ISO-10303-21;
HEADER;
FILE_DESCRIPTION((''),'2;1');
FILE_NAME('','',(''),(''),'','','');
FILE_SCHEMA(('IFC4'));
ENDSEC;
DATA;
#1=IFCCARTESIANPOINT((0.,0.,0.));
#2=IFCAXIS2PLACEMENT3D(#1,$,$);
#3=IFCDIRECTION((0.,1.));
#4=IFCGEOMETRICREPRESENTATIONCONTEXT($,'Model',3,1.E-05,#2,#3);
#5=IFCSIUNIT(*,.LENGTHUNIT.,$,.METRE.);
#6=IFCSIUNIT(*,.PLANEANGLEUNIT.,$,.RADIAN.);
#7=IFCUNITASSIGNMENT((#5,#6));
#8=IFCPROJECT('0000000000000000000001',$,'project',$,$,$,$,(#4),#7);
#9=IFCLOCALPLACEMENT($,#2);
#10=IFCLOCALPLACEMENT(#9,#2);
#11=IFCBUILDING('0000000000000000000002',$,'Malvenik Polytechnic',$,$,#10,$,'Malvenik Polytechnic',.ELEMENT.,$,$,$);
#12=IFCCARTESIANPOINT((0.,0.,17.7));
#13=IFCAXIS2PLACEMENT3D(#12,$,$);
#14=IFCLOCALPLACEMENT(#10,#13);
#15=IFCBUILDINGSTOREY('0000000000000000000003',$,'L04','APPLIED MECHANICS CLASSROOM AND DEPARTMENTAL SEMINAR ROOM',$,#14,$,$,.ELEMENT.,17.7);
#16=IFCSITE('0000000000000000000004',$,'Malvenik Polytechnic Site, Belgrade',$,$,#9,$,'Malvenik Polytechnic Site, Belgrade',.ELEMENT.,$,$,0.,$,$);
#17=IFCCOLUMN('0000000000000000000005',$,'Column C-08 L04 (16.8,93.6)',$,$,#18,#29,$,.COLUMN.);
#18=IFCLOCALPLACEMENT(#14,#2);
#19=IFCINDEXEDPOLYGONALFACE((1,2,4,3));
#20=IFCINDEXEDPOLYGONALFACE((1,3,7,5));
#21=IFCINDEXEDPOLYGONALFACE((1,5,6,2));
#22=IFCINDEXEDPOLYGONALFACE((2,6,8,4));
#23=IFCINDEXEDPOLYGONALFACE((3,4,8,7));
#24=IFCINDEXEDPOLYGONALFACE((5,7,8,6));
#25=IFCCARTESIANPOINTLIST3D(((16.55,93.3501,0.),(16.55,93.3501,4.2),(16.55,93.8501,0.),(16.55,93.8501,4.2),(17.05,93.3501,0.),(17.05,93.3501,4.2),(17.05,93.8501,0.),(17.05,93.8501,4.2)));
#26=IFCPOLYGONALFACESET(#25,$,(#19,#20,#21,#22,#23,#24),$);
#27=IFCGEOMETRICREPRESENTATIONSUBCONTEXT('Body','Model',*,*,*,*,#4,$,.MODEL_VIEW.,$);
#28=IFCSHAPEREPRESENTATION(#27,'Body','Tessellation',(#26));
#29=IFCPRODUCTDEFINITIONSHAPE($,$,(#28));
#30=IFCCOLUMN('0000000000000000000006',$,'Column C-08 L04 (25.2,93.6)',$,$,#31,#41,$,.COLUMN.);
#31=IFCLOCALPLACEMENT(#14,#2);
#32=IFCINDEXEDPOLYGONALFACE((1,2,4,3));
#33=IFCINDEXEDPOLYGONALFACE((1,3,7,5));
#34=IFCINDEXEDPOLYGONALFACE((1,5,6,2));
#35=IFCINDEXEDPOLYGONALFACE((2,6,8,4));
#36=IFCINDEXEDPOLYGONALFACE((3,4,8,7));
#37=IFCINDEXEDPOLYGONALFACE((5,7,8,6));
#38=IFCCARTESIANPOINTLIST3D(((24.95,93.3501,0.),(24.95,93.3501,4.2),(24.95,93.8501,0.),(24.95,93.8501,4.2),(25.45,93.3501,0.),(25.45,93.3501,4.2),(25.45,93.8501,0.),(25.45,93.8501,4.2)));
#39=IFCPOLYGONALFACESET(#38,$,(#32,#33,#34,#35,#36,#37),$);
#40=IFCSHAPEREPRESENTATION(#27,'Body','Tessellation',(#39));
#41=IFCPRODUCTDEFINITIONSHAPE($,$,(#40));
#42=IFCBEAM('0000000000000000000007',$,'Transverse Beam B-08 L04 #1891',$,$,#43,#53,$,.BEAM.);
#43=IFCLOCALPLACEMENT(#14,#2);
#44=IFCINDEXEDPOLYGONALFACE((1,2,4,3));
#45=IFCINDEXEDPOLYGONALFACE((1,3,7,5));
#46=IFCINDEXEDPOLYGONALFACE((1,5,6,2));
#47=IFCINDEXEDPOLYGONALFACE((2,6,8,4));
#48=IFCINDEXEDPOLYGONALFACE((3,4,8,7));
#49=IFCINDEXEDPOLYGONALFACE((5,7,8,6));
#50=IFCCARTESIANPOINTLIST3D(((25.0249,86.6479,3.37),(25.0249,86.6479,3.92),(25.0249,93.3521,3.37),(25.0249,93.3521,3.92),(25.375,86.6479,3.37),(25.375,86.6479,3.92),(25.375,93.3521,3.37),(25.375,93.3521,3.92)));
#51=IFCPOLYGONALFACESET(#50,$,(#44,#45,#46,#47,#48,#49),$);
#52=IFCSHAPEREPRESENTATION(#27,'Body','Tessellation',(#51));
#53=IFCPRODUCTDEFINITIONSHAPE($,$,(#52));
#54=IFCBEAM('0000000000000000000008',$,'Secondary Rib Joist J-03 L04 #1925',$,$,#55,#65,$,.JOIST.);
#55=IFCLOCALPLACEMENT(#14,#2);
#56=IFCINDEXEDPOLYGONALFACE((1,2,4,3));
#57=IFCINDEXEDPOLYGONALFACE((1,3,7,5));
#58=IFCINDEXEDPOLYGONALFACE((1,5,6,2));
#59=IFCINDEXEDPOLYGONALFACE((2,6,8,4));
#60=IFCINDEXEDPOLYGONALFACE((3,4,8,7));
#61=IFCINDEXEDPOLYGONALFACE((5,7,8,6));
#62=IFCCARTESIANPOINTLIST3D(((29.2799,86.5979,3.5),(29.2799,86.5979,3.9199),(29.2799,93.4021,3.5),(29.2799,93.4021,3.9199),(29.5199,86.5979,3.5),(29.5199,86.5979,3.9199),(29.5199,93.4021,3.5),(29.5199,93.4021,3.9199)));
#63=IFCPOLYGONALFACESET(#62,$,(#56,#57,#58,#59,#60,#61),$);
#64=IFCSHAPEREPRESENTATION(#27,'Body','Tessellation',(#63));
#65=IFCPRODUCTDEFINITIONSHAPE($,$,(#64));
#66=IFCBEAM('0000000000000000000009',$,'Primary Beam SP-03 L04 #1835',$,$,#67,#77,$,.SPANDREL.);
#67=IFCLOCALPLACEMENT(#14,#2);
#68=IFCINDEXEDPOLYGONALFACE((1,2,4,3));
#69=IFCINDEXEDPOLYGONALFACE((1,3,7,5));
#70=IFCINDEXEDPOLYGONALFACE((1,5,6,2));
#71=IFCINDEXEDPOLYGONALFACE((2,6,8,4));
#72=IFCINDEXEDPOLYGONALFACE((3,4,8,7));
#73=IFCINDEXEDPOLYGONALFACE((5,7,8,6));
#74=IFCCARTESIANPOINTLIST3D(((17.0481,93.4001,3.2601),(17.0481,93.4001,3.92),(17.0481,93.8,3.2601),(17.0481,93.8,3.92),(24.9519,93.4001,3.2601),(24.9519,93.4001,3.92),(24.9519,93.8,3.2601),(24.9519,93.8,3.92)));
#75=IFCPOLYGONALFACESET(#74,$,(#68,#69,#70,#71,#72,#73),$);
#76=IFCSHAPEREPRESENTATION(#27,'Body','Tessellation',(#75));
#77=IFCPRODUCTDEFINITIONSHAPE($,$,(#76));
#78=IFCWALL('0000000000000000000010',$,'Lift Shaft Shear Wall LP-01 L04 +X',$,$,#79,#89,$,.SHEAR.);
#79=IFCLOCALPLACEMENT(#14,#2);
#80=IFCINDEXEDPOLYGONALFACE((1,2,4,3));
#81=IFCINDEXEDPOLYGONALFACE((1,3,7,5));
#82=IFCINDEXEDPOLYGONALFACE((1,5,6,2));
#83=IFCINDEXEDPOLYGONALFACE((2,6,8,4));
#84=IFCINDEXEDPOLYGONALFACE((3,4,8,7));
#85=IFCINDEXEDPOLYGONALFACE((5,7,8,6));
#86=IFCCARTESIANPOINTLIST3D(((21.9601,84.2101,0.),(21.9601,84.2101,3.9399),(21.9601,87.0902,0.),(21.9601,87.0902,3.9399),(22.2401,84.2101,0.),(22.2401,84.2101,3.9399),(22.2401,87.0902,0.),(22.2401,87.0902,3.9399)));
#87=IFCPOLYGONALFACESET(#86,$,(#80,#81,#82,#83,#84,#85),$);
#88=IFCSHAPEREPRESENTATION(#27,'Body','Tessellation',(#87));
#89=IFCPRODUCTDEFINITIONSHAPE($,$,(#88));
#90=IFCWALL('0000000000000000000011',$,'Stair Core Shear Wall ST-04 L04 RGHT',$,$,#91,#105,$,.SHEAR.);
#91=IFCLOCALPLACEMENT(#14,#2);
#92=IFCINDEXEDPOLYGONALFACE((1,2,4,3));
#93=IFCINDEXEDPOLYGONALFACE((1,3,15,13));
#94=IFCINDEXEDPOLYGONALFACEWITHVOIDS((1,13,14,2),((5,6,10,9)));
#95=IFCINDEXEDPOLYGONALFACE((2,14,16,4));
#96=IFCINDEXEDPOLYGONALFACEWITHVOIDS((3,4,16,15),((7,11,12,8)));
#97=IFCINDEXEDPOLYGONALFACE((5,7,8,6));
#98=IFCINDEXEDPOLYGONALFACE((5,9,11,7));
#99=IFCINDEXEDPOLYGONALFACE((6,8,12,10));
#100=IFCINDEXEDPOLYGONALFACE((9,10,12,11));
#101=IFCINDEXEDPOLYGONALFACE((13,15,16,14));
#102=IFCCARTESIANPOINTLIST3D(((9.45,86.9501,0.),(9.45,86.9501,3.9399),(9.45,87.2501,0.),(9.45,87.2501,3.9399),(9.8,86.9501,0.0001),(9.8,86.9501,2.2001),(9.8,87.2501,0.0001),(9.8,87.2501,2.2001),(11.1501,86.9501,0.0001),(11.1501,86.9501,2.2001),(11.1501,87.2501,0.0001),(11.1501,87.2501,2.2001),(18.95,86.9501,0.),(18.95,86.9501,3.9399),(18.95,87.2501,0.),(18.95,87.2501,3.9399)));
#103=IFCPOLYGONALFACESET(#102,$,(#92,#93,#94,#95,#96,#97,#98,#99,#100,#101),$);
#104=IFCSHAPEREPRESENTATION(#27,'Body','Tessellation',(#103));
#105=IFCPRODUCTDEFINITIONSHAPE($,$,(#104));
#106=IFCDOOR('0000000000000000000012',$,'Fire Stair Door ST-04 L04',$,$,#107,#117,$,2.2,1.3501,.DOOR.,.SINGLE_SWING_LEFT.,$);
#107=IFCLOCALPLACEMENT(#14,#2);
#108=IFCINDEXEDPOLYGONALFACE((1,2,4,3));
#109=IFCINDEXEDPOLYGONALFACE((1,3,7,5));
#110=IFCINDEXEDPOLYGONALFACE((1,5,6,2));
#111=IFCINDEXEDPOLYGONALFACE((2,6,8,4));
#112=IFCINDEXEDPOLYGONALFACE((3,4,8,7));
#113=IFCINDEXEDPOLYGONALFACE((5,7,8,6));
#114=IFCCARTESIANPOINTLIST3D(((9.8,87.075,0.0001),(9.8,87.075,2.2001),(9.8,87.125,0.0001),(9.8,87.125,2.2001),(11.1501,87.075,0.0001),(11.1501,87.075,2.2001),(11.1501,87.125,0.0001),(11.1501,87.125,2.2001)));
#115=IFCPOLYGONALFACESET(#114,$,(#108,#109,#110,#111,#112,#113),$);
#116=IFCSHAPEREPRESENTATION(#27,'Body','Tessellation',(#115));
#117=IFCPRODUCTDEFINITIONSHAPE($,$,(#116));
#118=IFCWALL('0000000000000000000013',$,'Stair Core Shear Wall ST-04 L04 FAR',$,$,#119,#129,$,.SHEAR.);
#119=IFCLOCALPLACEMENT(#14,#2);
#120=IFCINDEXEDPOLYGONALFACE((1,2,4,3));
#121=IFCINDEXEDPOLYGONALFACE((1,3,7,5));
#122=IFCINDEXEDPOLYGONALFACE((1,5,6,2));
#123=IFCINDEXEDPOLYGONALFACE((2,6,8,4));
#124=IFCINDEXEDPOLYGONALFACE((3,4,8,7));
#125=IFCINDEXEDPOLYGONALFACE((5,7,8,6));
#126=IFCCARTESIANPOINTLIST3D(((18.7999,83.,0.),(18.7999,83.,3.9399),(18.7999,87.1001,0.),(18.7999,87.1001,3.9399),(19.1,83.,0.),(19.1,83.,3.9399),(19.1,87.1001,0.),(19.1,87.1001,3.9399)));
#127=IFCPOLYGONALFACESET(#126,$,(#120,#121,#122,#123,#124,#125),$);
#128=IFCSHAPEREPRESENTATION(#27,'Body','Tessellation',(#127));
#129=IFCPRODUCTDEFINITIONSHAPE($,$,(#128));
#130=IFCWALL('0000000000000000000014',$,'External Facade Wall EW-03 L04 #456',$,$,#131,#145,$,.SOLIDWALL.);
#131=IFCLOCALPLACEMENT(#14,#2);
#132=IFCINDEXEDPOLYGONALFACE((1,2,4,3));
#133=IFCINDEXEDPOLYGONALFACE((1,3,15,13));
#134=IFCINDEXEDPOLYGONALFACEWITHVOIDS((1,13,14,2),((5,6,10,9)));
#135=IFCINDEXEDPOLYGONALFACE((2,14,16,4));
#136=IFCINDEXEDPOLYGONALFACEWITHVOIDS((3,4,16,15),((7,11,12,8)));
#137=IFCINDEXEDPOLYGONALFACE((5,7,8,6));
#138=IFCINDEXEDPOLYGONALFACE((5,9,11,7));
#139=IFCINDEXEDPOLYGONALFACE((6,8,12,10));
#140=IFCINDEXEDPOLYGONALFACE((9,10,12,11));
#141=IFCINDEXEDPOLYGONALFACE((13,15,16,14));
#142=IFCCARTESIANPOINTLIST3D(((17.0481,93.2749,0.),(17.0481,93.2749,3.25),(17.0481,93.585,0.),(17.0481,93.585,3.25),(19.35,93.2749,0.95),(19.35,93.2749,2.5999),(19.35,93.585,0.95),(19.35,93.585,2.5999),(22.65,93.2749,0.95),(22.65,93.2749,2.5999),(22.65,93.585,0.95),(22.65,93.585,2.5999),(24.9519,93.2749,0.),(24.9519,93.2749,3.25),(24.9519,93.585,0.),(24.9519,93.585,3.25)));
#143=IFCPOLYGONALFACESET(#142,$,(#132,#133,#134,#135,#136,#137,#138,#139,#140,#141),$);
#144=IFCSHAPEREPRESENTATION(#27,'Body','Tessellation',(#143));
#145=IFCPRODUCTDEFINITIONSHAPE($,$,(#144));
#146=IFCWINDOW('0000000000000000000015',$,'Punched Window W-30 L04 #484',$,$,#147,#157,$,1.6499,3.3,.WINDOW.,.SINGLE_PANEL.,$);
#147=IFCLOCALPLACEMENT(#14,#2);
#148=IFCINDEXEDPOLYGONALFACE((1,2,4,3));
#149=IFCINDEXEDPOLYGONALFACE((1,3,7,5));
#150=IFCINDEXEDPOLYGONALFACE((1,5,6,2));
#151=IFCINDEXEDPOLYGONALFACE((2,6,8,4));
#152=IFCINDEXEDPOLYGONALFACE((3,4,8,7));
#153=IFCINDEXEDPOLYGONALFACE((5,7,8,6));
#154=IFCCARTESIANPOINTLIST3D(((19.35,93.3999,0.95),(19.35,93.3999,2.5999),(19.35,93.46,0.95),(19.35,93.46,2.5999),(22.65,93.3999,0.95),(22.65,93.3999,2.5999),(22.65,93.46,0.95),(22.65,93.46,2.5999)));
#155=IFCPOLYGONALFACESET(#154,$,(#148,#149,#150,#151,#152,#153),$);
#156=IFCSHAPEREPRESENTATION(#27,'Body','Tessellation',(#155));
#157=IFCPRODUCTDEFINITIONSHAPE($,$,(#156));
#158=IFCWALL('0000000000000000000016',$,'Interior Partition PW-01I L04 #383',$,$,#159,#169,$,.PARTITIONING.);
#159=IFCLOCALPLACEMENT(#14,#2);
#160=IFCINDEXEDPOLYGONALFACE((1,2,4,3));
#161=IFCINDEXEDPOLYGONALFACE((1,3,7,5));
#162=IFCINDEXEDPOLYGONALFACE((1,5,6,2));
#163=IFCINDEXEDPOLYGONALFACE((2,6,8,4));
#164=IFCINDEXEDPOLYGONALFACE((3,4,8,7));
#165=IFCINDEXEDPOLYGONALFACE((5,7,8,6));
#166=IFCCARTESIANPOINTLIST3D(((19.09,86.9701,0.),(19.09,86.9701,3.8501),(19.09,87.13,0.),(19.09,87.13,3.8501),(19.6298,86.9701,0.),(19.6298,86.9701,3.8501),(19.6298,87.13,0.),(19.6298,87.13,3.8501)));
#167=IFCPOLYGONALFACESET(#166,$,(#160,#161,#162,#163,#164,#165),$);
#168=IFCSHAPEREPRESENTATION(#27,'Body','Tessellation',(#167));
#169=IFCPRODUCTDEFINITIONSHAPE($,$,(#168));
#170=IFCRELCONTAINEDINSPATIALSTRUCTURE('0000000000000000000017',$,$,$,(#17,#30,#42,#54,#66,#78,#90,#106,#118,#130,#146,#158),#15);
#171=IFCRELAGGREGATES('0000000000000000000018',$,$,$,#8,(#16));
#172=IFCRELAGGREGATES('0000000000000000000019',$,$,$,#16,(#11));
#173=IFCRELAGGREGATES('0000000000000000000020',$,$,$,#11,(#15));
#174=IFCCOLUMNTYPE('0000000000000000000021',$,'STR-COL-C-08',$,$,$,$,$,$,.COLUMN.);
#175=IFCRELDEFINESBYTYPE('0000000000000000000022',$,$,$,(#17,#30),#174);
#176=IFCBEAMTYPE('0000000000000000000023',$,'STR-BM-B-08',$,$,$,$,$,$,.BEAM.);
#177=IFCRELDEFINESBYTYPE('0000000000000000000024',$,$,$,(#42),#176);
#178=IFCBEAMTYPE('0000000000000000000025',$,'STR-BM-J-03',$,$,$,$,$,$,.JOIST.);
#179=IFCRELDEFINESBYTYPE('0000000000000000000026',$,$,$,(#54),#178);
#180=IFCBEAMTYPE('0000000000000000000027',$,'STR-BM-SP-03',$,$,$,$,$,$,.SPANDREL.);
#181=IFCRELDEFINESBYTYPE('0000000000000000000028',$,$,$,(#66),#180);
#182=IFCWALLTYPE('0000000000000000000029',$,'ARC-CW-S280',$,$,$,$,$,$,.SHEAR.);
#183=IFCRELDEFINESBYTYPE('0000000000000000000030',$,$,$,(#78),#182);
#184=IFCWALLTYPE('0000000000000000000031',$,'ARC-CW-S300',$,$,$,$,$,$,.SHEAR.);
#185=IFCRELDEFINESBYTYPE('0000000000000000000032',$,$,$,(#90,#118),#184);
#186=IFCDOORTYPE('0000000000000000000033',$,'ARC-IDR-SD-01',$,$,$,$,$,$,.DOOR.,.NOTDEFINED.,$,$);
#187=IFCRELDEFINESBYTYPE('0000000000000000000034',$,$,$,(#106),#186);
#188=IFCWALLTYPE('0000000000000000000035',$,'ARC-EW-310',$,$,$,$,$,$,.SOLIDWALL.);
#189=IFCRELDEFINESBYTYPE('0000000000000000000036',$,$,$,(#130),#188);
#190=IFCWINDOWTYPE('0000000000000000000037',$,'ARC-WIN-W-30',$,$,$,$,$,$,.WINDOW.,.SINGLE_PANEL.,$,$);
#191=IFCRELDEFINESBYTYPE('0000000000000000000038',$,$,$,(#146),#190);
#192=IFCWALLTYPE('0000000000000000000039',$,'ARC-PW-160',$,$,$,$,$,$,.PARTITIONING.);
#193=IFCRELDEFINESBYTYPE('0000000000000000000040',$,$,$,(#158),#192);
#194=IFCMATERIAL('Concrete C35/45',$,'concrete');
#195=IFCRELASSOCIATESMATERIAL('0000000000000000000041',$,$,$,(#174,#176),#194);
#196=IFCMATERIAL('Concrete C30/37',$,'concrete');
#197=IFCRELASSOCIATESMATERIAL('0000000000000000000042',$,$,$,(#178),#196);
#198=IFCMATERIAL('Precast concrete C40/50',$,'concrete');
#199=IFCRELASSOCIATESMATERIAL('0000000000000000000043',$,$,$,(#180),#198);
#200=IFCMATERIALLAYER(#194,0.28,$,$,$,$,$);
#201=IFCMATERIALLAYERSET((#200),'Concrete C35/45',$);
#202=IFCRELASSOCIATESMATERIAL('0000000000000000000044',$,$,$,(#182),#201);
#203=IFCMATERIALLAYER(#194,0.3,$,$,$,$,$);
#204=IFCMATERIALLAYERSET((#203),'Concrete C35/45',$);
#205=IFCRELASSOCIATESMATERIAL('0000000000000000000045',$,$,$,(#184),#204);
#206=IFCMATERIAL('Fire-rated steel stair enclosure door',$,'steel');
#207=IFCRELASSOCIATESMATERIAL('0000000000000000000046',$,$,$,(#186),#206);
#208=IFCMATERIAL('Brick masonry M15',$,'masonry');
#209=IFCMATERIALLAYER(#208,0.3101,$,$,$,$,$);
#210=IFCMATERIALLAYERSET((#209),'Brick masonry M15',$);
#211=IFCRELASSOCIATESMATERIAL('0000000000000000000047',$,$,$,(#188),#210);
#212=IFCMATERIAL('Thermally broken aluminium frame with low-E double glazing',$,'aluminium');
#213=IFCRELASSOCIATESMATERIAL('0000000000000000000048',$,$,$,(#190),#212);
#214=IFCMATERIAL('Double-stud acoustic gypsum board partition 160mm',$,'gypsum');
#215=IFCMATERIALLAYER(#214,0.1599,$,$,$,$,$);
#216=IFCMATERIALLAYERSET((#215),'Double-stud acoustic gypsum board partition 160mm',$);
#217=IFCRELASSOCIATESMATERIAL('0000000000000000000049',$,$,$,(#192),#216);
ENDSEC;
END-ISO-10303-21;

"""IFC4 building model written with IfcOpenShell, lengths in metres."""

from ifc_helpers import new_model, si_unit, direction, frame, frame_2d, origin, origin_2d, place, context, subcontext, project, spatial, rectangle, extrude, material, layer, layer_set, material_profile, profile_set, type_object, element, fill, save


model = new_model("IFC4")

# Units and contexts
model_context = context("Model", 3, precision=1e-05, world=origin(), true_north=direction((0.0, 1.0)))
body_context = subcontext(model_context, "Body", "Model", "MODEL_VIEW")
ifc_project = project(units=[si_unit("LENGTHUNIT", "METRE"), si_unit("PLANEANGLEUNIT", "RADIAN")], contexts=[model_context])

# Site, building, storey
site_placement = place(None, origin())
site = spatial("IfcSite", under=ifc_project, at=site_placement, Name="Malvenik Polytechnic Site, Belgrade", LongName="Malvenik Polytechnic Site, Belgrade", CompositionType="ELEMENT", RefElevation=0.0)
building_placement = place(site_placement, origin())
building = spatial("IfcBuilding", under=site, at=building_placement, Name="Malvenik Polytechnic", LongName="Malvenik Polytechnic", CompositionType="ELEMENT")
storey_placement = place(building_placement, frame((0.0, 0.0, 17.7)))
storey = spatial("IfcBuildingStorey", under=building, at=storey_placement, Name="L04", Description="APPLIED MECHANICS CLASSROOM AND DEPARTMENTAL SEMINAR ROOM", CompositionType="ELEMENT", Elevation=17.7)

# Columns
ifc_material_1 = material(Name="Concrete C35/45", Category="concrete")
ifc_material_profile_1 = material_profile(ifc_material_1, rectangle(XDim=0.5, YDim=0.5, at=origin_2d()), Name="RC COL 500x500")
ifc_profile_set_1 = profile_set([ifc_material_profile_1], Name="Concrete C35/45")
column_type = type_object("IfcColumnType", Name="STR-COL-C-08", PredefinedType="COLUMN", material=ifc_profile_set_1)
for number, where, z_axis, x_axis, name in (
    (1, (16.8, 93.6001, 0.0), (0.0, 0.0, 1.0), (1.0, 0.0, 0.0), "Column C-08 L04 (16.8,93.6)"),
    (2, (25.2, 93.6001, 0.0), (0.0, 0.0, 1.0), (1.0, 0.0, 0.0), "Column C-08 L04 (25.2,93.6)"),
):
    element("IfcColumn", number, at=place(storey_placement, frame(where, z_axis=z_axis, x_axis=x_axis)), inside=storey, type_object=column_type, Name=name, PredefinedType="COLUMN", context=body_context, shape_type="SweptSolid", body=[
        extrude(rectangle(XDim=0.5, YDim=0.5, at=origin_2d()), origin(), (0.0, 0.0, 1.0), 4.2),
    ])

# Beams
ifc_material_profile_2 = material_profile(ifc_material_1, rectangle(XDim=0.3501, YDim=0.55, at=origin_2d()), Name="RC BM 350x550")
ifc_profile_set_2 = profile_set([ifc_material_profile_2], Name="Concrete C35/45")
beam_type_1 = type_object("IfcBeamType", Name="STR-BM-B-08", PredefinedType="BEAM", material=ifc_profile_set_2)
beam_1_placement = place(storey_placement, frame((25.2, 86.6479, 3.645), z_axis=(0.0, 1.0, 0.0), x_axis=(-1.0, 0.0, 0.0)))
element("IfcBeam", 3, at=beam_1_placement, inside=storey, type_object=beam_type_1, Name="Transverse Beam B-08 L04 #1891", PredefinedType="BEAM", context=body_context, shape_type="SweptSolid", body=[
    extrude(rectangle(XDim=0.3501, YDim=0.55, at=origin_2d()), origin(), (0.0, 0.0, 1.0), 6.7041),
])
ifc_material_2 = material(Name="Concrete C30/37", Category="concrete")
ifc_material_profile_3 = material_profile(ifc_material_2, rectangle(XDim=0.24, YDim=0.4199, at=origin_2d()), Name="RC JST 240x420")
ifc_profile_set_3 = profile_set([ifc_material_profile_3], Name="Concrete C30/37")
beam_type_2 = type_object("IfcBeamType", Name="STR-BM-J-03", PredefinedType="JOIST", material=ifc_profile_set_3)
beam_2_placement = place(storey_placement, frame((29.3999, 86.5979, 3.71), z_axis=(0.0, 1.0, 0.0), x_axis=(-1.0, 0.0, 0.0)))
element("IfcBeam", 4, at=beam_2_placement, inside=storey, type_object=beam_type_2, Name="Secondary Rib Joist J-03 L04 #1925", PredefinedType="JOIST", context=body_context, shape_type="SweptSolid", body=[
    extrude(rectangle(XDim=0.24, YDim=0.4199, at=origin_2d()), origin(), (0.0, 0.0, 1.0), 6.8042),
])
ifc_material_3 = material(Name="Precast concrete C40/50", Category="concrete")
ifc_material_profile_4 = material_profile(ifc_material_3, rectangle(XDim=0.3999, YDim=0.6599, at=origin_2d()), Name="PC SPN 400x660")
ifc_profile_set_4 = profile_set([ifc_material_profile_4], Name="Precast concrete C40/50")
beam_type_3 = type_object("IfcBeamType", Name="STR-BM-SP-03", PredefinedType="SPANDREL", material=ifc_profile_set_4)
beam_3_placement = place(storey_placement, frame((17.0481, 93.6001, 3.5901), z_axis=(1.0, 0.0, 0.0), x_axis=(0.0, 1.0, 0.0)))
element("IfcBeam", 5, at=beam_3_placement, inside=storey, type_object=beam_type_3, Name="Primary Beam SP-03 L04 #1835", PredefinedType="SPANDREL", context=body_context, shape_type="SweptSolid", body=[
    extrude(rectangle(XDim=0.3999, YDim=0.6599, at=origin_2d()), origin(), (0.0, 0.0, 1.0), 7.9038),
])

# Shared definitions
ifc_layer_1 = layer(ifc_material_1, 0.28)
ifc_layer_set_1 = layer_set([ifc_layer_1], Name="Concrete C35/45")
wall_type_1 = type_object("IfcWallType", Name="ARC-CW-S280", PredefinedType="SHEAR", material=ifc_layer_set_1)

# Wall
wall_1_placement = place(storey_placement, frame((22.1001, 87.0901, 0.0), z_axis=(0.0, 0.0, 1.0), x_axis=(0.0, -1.0, 0.0)))
element("IfcWall", 6, at=wall_1_placement, inside=storey, type_object=wall_type_1, Name="Lift Shaft Shear Wall LP-01 L04 +X", PredefinedType="SHEAR", context=body_context, shape_type="SweptSolid", body=[
    extrude(rectangle(XDim=2.8801, YDim=0.28, at=frame_2d((1.4399, 0.0))), origin(), (0.0, 0.0, 1.0), 3.9399),
])

# Wall, opening, door
ifc_layer_2 = layer(ifc_material_1, 0.3)
ifc_layer_set_2 = layer_set([ifc_layer_2], Name="Concrete C35/45")
wall_type_2 = type_object("IfcWallType", Name="ARC-CW-S300", PredefinedType="SHEAR", material=ifc_layer_set_2)
wall_2_placement = place(storey_placement, frame((9.45, 87.1001, 0.0), z_axis=(0.0, 0.0, 1.0), x_axis=(1.0, 0.0, 0.0)))
wall_2 = element("IfcWall", 7, at=wall_2_placement, inside=storey, type_object=wall_type_2, Name="Stair Core Shear Wall ST-04 L04 RGHT", PredefinedType="SHEAR", context=body_context, shape_type="SweptSolid", body=[
    extrude(rectangle(XDim=9.5, YDim=0.3, at=frame_2d((4.75, 0.0))), origin(), (0.0, 0.0, 1.0), 3.9399),
])
opening_1_placement = place(wall_2_placement, frame((0.3501, 0.0, 0.0)))
opening_1 = element("IfcOpeningElement", 8, at=opening_1_placement, cuts=wall_2, PredefinedType="OPENING", context=body_context, shape_type="SweptSolid", body=[
    extrude(rectangle(XDim=1.3501, YDim=2.2, at=frame_2d((0.675, 1.1001))), frame((0.0, 0.1602, 0.0), z_axis=(0.0, -1.0, 0.0), x_axis=(1.0, 0.0, 0.0)), (0.0, 0.0, 1.0), 0.3201),
])
ifc_material_4 = material(Name="Fire-rated steel stair enclosure door", Category="steel")
door_type_1 = type_object("IfcDoorType", Name="ARC-IDR-SD-01", OperationType="NOTDEFINED", PredefinedType="DOOR", material=ifc_material_4)
door_1_placement = place(opening_1_placement, origin())
door_1 = element("IfcDoor", 9, at=door_1_placement, inside=storey, type_object=door_type_1, Name="Fire Stair Door ST-04 L04", OperationType="SINGLE_SWING_LEFT", OverallHeight=2.2, OverallWidth=1.3501, PredefinedType="DOOR", context=body_context, shape_type="SweptSolid", body=[
    extrude(rectangle(XDim=1.3501, YDim=2.2, at=frame_2d((0.675, 1.1001))), frame((0.0, 0.0249, 0.0), z_axis=(0.0, -1.0, 0.0), x_axis=(1.0, 0.0, 0.0)), (0.0, 0.0, 1.0), 0.05),
])
fill(opening_1, door_1)

# Wall
wall_3_placement = place(storey_placement, frame((18.95, 87.1001, 0.0), z_axis=(0.0, 0.0, 1.0), x_axis=(0.0, -1.0, 0.0)))
element("IfcWall", 10, at=wall_3_placement, inside=storey, type_object=wall_type_2, Name="Stair Core Shear Wall ST-04 L04 FAR", PredefinedType="SHEAR", context=body_context, shape_type="SweptSolid", body=[
    extrude(rectangle(XDim=4.1001, YDim=0.3, at=frame_2d((2.05, 0.0))), origin(), (0.0, 0.0, 1.0), 3.9399),
])

# Wall, opening, window
ifc_material_5 = material(Name="Brick masonry M15", Category="masonry")
ifc_layer_3 = layer(ifc_material_5, 0.3101)
ifc_layer_set_3 = layer_set([ifc_layer_3], Name="Brick masonry M15")
wall_type_3 = type_object("IfcWallType", Name="ARC-EW-310", PredefinedType="SOLIDWALL", material=ifc_layer_set_3)
wall_4_placement = place(storey_placement, frame((17.0481, 93.4299, 0.0), z_axis=(0.0, 0.0, 1.0), x_axis=(1.0, 0.0, 0.0)))
wall_4 = element("IfcWall", 11, at=wall_4_placement, inside=storey, type_object=wall_type_3, Name="External Facade Wall EW-03 L04 #456", PredefinedType="SOLIDWALL", context=body_context, shape_type="SweptSolid", body=[
    extrude(rectangle(XDim=7.9038, YDim=0.3101, at=frame_2d((3.9519, 0.0))), origin(), (0.0, 0.0, 1.0), 3.25),
])
opening_2_placement = place(wall_4_placement, frame((2.302, 0.0, 0.95)))
opening_2 = element("IfcOpeningElement", 12, at=opening_2_placement, cuts=wall_4, PredefinedType="OPENING", context=body_context, shape_type="SweptSolid", body=[
    extrude(rectangle(XDim=3.3, YDim=1.6499, at=frame_2d((1.6499, 0.825))), frame((0.0, 0.165, 0.0), z_axis=(0.0, -1.0, 0.0), x_axis=(1.0, 0.0, 0.0)), (0.0, 0.0, 1.0), 0.3301),
])
ifc_material_6 = material(Name="Thermally broken aluminium frame with low-E double glazing", Category="aluminium")
window_type = type_object("IfcWindowType", Name="ARC-WIN-W-30", PartitioningType="SINGLE_PANEL", PredefinedType="WINDOW", material=ifc_material_6)
window_placement = place(opening_2_placement, origin())
window = element("IfcWindow", 13, at=window_placement, inside=storey, type_object=window_type, Name="Punched Window W-30 L04 #484", OverallHeight=1.6499, OverallWidth=3.3, PartitioningType="SINGLE_PANEL", PredefinedType="WINDOW", context=body_context, shape_type="SweptSolid", body=[
    extrude(rectangle(XDim=3.3, YDim=1.6499, at=frame_2d((1.6499, 0.825))), frame((0.0, 0.03, 0.0), z_axis=(0.0, -1.0, 0.0), x_axis=(1.0, 0.0, 0.0)), (0.0, 0.0, 1.0), 0.0601),
])
fill(opening_2, window)

# Wall
ifc_material_7 = material(Name="Double-stud acoustic gypsum board partition 160mm", Category="gypsum")
ifc_layer_4 = layer(ifc_material_7, 0.1599)
ifc_layer_set_4 = layer_set([ifc_layer_4], Name="Double-stud acoustic gypsum board partition 160mm")
wall_type_4 = type_object("IfcWallType", Name="ARC-PW-160", PredefinedType="PARTITIONING", material=ifc_layer_set_4)
wall_5_placement = place(storey_placement, frame((19.6299, 87.05, 0.0), z_axis=(0.0, 0.0, 1.0), x_axis=(-1.0, 0.0, 0.0)))
element("IfcWall", 14, at=wall_5_placement, inside=storey, type_object=wall_type_4, Name="Interior Partition PW-01I L04 #383", PredefinedType="PARTITIONING", context=body_context, shape_type="SweptSolid", body=[
    extrude(rectangle(XDim=0.5398, YDim=0.1599, at=frame_2d((0.27, 0.0))), origin(), (0.0, 0.0, 1.0), 3.8501),
])

save(model, "model.ifc")
